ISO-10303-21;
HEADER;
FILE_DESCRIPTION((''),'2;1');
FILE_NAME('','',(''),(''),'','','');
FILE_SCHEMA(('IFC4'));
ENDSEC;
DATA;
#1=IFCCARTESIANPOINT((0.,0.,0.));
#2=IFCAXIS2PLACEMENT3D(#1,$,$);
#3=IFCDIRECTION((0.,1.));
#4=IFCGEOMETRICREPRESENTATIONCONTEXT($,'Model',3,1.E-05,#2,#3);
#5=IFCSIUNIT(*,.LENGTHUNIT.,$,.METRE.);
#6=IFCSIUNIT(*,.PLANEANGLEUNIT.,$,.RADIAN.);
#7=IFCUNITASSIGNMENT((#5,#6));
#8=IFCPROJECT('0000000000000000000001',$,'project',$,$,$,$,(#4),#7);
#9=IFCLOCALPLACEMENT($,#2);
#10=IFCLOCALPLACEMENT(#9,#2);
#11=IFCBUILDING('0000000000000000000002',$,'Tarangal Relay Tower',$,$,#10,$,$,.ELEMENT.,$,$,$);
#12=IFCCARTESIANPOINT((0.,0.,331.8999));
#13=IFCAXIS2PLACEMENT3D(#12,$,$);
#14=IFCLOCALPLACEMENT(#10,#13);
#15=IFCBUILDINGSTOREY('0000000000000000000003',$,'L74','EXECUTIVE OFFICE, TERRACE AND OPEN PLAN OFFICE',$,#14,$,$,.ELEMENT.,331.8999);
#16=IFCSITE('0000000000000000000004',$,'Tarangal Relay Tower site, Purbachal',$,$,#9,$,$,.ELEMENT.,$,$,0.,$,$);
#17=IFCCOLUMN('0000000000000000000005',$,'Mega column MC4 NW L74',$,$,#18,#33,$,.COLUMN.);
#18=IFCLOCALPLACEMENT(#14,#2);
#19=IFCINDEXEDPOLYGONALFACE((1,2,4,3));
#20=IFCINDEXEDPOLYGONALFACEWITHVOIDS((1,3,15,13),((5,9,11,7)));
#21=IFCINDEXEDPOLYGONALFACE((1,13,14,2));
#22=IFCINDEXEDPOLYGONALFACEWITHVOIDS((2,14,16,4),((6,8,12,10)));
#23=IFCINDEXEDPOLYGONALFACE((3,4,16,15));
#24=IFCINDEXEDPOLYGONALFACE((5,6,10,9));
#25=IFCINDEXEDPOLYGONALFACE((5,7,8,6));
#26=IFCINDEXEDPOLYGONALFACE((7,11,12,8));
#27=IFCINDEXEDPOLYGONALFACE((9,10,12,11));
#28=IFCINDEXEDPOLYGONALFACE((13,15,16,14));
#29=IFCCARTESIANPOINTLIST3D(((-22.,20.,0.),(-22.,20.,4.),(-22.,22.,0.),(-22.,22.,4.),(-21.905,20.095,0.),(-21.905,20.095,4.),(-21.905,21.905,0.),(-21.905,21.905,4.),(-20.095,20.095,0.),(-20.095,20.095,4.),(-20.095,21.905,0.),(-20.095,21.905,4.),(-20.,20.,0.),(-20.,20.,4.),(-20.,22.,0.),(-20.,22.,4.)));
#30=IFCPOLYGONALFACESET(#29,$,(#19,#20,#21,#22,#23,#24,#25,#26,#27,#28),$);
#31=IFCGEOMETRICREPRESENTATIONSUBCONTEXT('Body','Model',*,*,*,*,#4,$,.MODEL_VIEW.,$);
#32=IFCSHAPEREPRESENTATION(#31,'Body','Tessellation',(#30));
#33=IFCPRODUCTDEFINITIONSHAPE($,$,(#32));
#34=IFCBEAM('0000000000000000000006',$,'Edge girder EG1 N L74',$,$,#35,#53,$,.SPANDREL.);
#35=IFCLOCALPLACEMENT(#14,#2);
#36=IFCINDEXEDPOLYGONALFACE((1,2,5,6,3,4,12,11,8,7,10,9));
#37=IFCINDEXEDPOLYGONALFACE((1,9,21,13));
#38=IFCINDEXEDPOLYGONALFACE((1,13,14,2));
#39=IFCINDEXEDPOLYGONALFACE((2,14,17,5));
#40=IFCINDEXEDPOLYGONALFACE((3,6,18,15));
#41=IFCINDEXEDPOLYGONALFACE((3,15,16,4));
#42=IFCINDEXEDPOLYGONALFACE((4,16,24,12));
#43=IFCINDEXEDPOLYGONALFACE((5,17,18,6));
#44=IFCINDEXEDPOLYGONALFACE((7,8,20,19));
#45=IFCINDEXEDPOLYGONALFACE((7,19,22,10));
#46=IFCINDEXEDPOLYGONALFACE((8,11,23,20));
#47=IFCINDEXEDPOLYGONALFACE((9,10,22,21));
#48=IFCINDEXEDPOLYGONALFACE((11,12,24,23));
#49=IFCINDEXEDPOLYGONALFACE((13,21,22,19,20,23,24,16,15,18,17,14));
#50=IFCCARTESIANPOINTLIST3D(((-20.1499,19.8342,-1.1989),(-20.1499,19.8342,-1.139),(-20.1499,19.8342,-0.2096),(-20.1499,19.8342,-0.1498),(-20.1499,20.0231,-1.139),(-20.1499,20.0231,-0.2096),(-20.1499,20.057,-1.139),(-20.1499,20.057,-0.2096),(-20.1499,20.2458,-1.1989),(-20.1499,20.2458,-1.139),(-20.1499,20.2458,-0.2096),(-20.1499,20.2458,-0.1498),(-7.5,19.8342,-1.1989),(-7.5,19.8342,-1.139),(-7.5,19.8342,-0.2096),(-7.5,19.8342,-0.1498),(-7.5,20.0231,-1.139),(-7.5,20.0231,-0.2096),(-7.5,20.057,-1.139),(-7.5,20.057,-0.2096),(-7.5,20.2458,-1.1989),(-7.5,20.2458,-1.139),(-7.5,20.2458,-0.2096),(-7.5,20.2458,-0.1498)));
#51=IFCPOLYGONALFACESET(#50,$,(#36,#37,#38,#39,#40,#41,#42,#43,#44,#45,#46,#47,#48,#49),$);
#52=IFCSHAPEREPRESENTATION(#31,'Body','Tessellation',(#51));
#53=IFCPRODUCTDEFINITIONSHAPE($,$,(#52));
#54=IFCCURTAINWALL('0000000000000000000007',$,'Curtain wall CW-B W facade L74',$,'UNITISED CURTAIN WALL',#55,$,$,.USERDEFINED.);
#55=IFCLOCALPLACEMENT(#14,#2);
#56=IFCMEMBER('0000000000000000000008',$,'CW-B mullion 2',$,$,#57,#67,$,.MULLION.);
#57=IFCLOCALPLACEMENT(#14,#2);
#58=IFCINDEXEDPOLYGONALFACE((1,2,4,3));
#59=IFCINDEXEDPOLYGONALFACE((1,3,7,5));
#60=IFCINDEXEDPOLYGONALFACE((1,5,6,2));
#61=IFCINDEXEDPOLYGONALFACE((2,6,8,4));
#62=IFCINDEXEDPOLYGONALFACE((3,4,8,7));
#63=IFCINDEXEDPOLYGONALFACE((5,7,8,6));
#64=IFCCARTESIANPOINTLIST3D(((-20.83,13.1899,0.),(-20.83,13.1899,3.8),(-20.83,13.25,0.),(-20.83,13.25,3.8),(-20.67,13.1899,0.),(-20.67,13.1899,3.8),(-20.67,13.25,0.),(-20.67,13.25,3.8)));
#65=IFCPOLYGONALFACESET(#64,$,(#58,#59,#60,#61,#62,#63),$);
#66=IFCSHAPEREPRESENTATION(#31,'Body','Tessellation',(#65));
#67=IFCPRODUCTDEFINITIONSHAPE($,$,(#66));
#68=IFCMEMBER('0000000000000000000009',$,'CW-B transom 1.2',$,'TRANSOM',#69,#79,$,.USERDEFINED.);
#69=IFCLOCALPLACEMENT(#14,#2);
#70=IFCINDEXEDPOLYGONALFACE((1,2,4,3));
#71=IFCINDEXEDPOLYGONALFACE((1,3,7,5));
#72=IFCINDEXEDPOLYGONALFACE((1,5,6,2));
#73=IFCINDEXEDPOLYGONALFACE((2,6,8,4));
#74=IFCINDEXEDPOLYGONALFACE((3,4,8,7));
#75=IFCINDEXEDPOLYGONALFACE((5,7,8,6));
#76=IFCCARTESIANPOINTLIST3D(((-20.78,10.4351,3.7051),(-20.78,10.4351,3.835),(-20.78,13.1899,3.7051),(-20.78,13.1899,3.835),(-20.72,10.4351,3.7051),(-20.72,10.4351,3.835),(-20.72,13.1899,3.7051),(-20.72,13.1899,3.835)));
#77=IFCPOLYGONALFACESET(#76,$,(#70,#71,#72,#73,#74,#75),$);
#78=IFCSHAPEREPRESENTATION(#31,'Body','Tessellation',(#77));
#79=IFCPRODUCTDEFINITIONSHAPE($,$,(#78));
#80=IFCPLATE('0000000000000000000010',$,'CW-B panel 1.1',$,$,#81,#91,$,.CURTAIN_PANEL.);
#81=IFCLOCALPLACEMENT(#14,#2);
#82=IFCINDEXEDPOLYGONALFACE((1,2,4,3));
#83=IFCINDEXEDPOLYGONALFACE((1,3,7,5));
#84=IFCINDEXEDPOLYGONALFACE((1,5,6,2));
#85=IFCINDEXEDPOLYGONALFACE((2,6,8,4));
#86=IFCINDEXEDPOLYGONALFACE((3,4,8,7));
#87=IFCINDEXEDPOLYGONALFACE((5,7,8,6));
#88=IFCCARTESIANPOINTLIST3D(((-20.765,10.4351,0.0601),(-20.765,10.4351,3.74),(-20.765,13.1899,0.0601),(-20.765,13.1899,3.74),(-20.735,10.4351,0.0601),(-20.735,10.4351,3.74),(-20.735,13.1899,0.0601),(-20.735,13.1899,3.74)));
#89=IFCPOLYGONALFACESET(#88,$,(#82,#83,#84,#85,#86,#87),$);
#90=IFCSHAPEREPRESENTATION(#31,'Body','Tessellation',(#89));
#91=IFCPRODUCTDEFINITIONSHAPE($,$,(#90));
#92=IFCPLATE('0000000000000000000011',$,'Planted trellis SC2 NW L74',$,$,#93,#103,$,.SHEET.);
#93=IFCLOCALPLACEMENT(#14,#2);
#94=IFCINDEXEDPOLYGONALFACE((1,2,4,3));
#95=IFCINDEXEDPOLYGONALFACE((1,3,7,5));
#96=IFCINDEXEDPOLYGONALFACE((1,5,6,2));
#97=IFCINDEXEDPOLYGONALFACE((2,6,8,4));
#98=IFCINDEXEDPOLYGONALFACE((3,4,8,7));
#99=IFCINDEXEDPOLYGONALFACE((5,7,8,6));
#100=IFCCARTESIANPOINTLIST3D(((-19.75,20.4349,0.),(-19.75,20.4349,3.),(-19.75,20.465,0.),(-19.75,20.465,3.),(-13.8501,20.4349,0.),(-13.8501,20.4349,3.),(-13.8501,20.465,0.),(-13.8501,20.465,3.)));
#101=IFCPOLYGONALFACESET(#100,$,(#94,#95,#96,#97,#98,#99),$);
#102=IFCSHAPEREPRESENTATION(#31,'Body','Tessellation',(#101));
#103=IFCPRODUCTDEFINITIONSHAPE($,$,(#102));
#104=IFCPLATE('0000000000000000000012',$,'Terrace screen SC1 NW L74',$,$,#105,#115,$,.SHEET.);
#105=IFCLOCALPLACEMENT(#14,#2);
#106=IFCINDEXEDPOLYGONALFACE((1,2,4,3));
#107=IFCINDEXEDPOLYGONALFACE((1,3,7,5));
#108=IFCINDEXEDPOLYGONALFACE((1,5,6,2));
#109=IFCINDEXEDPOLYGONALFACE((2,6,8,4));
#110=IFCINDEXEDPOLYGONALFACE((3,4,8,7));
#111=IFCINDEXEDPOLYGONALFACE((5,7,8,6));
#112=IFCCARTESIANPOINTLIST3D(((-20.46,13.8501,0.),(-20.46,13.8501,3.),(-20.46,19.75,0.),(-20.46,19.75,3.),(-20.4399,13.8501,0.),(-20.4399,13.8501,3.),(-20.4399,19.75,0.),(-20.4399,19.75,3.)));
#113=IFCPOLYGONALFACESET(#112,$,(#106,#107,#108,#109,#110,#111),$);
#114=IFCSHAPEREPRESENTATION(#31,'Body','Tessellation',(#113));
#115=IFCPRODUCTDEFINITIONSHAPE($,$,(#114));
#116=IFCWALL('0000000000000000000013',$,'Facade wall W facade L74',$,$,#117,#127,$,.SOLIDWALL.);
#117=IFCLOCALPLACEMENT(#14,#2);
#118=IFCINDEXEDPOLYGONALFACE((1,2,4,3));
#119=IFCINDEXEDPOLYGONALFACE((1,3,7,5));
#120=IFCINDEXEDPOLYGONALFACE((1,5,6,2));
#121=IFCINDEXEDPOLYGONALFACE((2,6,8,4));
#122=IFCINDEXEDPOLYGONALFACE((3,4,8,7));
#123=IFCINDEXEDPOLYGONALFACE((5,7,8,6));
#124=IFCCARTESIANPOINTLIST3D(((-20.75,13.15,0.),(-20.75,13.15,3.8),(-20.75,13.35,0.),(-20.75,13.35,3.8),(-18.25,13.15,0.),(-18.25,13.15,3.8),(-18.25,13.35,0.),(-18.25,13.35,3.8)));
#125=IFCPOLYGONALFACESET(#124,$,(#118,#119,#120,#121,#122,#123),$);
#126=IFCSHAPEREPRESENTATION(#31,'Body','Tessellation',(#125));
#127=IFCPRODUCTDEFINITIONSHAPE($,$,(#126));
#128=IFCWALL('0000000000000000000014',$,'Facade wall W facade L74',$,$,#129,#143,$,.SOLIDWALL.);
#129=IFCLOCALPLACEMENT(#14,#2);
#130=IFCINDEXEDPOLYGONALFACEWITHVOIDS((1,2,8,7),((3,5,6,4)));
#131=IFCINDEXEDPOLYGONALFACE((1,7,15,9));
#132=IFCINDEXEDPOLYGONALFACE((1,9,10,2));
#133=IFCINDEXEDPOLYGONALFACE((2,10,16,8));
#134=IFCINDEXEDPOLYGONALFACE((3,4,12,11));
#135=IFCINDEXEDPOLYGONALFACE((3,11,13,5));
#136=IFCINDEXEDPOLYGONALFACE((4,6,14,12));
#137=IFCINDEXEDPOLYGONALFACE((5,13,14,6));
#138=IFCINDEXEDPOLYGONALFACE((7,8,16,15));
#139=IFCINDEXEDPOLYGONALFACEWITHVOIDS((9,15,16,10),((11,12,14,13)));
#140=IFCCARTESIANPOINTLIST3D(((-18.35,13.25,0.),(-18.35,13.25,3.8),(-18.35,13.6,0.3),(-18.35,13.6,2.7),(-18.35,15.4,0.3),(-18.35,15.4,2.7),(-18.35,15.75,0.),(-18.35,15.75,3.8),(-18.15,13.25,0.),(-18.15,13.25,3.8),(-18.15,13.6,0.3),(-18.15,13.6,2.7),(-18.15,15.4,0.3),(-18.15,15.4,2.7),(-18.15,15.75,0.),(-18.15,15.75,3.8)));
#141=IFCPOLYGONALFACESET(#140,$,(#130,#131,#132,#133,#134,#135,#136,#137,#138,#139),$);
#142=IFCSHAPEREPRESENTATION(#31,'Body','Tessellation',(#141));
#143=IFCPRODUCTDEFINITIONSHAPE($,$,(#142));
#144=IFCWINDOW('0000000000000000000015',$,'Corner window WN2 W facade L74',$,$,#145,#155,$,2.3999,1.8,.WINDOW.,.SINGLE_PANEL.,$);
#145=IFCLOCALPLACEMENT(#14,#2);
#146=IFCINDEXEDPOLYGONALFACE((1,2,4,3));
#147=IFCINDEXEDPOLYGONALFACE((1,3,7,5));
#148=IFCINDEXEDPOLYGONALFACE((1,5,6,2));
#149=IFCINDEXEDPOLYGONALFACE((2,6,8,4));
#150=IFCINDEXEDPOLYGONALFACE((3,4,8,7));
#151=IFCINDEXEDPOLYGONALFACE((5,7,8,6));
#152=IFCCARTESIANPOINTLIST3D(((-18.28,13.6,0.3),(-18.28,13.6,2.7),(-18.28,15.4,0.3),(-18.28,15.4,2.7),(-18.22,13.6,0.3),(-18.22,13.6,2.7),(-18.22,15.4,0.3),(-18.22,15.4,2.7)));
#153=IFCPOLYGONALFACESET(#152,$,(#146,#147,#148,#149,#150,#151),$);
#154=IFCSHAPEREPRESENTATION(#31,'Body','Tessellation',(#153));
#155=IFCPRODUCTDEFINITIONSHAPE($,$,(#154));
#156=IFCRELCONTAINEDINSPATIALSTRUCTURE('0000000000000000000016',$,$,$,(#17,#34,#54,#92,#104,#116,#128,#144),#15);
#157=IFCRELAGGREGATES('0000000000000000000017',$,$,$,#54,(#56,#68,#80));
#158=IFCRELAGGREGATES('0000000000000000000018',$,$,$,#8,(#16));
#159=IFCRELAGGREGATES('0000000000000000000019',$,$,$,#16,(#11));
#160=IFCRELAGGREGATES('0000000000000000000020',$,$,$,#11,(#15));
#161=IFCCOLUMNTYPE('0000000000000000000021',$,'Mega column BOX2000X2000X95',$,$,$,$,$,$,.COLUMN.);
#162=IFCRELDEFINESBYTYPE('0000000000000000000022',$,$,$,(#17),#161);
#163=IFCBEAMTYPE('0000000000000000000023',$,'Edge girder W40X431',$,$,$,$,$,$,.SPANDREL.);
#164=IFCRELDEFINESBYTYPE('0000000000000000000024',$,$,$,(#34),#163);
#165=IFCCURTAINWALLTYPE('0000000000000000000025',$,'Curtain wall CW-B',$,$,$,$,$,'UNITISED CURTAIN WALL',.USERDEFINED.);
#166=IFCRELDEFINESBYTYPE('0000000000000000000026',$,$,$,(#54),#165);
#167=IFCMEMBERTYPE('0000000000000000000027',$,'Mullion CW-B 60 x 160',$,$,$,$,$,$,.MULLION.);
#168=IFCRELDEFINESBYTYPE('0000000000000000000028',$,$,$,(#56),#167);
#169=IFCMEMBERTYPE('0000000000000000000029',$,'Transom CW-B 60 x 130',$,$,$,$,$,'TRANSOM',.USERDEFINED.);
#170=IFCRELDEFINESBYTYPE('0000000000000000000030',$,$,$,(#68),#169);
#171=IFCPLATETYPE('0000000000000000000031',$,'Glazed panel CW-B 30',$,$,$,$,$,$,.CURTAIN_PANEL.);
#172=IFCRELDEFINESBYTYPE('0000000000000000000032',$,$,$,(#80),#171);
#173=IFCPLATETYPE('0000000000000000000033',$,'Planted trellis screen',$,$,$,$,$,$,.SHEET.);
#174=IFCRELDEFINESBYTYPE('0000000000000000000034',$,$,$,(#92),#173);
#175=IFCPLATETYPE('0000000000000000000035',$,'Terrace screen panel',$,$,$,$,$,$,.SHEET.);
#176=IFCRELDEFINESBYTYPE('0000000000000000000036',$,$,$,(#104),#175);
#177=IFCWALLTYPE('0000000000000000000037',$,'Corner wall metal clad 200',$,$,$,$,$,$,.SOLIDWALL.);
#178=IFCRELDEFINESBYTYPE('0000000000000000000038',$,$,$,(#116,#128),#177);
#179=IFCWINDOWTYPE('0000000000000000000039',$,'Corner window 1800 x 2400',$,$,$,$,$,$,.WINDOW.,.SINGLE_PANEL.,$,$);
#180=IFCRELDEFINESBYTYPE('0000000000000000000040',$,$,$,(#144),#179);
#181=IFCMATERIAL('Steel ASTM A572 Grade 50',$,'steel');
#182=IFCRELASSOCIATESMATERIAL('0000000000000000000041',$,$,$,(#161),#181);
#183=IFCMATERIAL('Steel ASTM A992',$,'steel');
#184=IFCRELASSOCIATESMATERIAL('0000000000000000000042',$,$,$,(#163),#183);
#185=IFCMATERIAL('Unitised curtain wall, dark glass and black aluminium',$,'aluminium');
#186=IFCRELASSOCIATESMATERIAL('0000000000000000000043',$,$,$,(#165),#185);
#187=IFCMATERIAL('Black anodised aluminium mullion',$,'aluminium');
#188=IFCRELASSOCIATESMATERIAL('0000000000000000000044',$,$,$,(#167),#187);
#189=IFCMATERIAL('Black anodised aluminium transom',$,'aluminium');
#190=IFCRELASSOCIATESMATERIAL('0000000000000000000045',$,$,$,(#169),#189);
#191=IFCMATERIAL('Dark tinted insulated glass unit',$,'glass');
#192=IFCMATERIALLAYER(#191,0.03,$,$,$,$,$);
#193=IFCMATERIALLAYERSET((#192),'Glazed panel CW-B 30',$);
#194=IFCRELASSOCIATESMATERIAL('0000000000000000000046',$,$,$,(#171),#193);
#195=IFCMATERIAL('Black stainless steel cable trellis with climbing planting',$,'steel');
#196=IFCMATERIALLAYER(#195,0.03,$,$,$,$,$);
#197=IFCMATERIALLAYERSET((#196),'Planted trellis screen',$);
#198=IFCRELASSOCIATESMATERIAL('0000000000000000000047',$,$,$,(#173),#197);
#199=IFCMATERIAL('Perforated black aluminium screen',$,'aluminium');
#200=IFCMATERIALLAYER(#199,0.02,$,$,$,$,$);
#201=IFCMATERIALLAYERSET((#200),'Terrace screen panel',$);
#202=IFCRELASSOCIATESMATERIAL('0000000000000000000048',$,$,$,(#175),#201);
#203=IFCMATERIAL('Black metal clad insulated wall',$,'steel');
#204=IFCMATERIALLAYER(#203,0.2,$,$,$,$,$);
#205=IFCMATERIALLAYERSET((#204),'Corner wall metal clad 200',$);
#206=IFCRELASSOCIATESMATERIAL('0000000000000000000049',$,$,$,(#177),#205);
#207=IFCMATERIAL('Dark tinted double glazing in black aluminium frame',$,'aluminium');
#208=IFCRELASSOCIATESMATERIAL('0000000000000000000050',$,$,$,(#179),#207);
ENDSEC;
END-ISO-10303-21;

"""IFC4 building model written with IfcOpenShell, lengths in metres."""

from ifc_helpers import new_model, si_unit, direction, frame, frame_2d, origin, origin_2d, place, context, subcontext, project, spatial, rectangle, hollow_rectangle, i_section, extrude, material, layer, layer_set, material_profile, profile_set, type_object, element, fill, aggregate, save


model = new_model("IFC4")

# Units and contexts
model_context = context("Model", 3, precision=1e-05, world=origin(), true_north=direction((0.0, 1.0)))
body_context = subcontext(model_context, "Body", "Model", "MODEL_VIEW")
ifc_project = project(units=[si_unit("LENGTHUNIT", "METRE"), si_unit("PLANEANGLEUNIT", "RADIAN")], contexts=[model_context])

# Site, building, storey
site_placement = place(None, origin())
site = spatial("IfcSite", under=ifc_project, at=site_placement, Name="Tarangal Relay Tower site, Purbachal", CompositionType="ELEMENT", RefElevation=0.0)
building_placement = place(site_placement, origin())
building = spatial("IfcBuilding", under=site, at=building_placement, Name="Tarangal Relay Tower", CompositionType="ELEMENT")
storey_placement = place(building_placement, frame((0.0, 0.0, 331.8999)))
storey = spatial("IfcBuildingStorey", under=building, at=storey_placement, Name="L74", Description="EXECUTIVE OFFICE, TERRACE AND OPEN PLAN OFFICE", CompositionType="ELEMENT", Elevation=331.8999)

# Column
ifc_material_1 = material(Name="Steel ASTM A572 Grade 50", Category="steel")
ifc_material_profile_1 = material_profile(ifc_material_1, hollow_rectangle(XDim=2.0, YDim=2.0, WallThickness=0.095, at=origin_2d()), Name="BOX2000X2000X95")
ifc_profile_set_1 = profile_set([ifc_material_profile_1], Name="Steel ASTM A572 Grade 50")
column_type = type_object("IfcColumnType", Name="Mega column BOX2000X2000X95", PredefinedType="COLUMN", material=ifc_profile_set_1)
column_placement = place(storey_placement, frame((-21.0, 21.0, 0.0), z_axis=(0.0, 0.0, 1.0), x_axis=(1.0, 0.0, 0.0)))
element("IfcColumn", 1, at=column_placement, inside=storey, type_object=column_type, Name="Mega column MC4 NW L74", PredefinedType="COLUMN", context=body_context, shape_type="SweptSolid", body=[
    extrude(hollow_rectangle(XDim=2.0, YDim=2.0, WallThickness=0.095, at=origin_2d()), origin(), (0.0, 0.0, 1.0), 4.0),
])

# Beam
ifc_material_2 = material(Name="Steel ASTM A992", Category="steel")
ifc_material_profile_2 = material_profile(ifc_material_2, i_section(OverallWidth=0.4116, OverallDepth=1.0491, WebThickness=0.0339, FlangeThickness=0.0598, at=origin_2d()), Name="W40X431")
ifc_profile_set_2 = profile_set([ifc_material_profile_2], Name="Steel ASTM A992")
beam_type = type_object("IfcBeamType", Name="Edge girder W40X431", PredefinedType="SPANDREL", material=ifc_profile_set_2)
beam_placement = place(storey_placement, frame((-20.1499, 20.04, -0.6743), z_axis=(1.0, 0.0, 0.0), x_axis=(0.0, 1.0, 0.0)))
element("IfcBeam", 2, at=beam_placement, inside=storey, type_object=beam_type, Name="Edge girder EG1 N L74", PredefinedType="SPANDREL", context=body_context, shape_type="SweptSolid", body=[
    extrude(i_section(OverallWidth=0.4116, OverallDepth=1.0491, WebThickness=0.0339, FlangeThickness=0.0598, at=origin_2d()), origin(), (0.0, 0.0, 1.0), 12.6499),
])

# Curtain wall, members, plate
ifc_material_3 = material(Name="Unitised curtain wall, dark glass and black aluminium", Category="aluminium")
curtain_wall_type = type_object("IfcCurtainWallType", Name="Curtain wall CW-B", ElementType="UNITISED CURTAIN WALL", PredefinedType="USERDEFINED", material=ifc_material_3)
curtain_wall_placement = place(storey_placement, origin())
curtain_wall = element("IfcCurtainWall", 3, at=curtain_wall_placement, inside=storey, type_object=curtain_wall_type, Name="Curtain wall CW-B W facade L74", ObjectType="UNITISED CURTAIN WALL", PredefinedType="USERDEFINED")
ifc_material_4 = material(Name="Black anodised aluminium mullion", Category="aluminium")
ifc_material_profile_3 = material_profile(ifc_material_4, rectangle(XDim=0.1599, YDim=0.0601, at=origin_2d()), Name="CW-BM 60X160")
ifc_profile_set_3 = profile_set([ifc_material_profile_3], Name="Black anodised aluminium mullion")
member_type_1 = type_object("IfcMemberType", Name="Mullion CW-B 60 x 160", PredefinedType="MULLION", material=ifc_profile_set_3)
member_1_placement = place(storey_placement, frame((-20.75, 13.22, 0.0), z_axis=(0.0, 0.0, 1.0), x_axis=(-1.0, 0.0, 0.0)))
member_1 = element("IfcMember", 4, at=member_1_placement, type_object=member_type_1, Name="CW-B mullion 2", PredefinedType="MULLION", context=body_context, shape_type="SweptSolid", body=[
    extrude(rectangle(XDim=0.1599, YDim=0.0601, at=origin_2d()), origin(), (0.0, 0.0, 1.0), 3.8),
])
ifc_material_5 = material(Name="Black anodised aluminium transom", Category="aluminium")
ifc_material_profile_4 = material_profile(ifc_material_5, rectangle(XDim=0.0601, YDim=0.1299, at=origin_2d()), Name="CW-BT 60X130")
ifc_profile_set_4 = profile_set([ifc_material_profile_4], Name="Black anodised aluminium transom")
member_type_2 = type_object("IfcMemberType", Name="Transom CW-B 60 x 130", ElementType="TRANSOM", PredefinedType="USERDEFINED", material=ifc_profile_set_4)
member_2_placement = place(storey_placement, frame((-20.75, 10.4351, 3.77), z_axis=(0.0, 1.0, 0.0), x_axis=(-1.0, 0.0, 0.0)))
member_2 = element("IfcMember", 5, at=member_2_placement, type_object=member_type_2, Name="CW-B transom 1.2", ObjectType="TRANSOM", PredefinedType="USERDEFINED", context=body_context, shape_type="SweptSolid", body=[
    extrude(rectangle(XDim=0.0601, YDim=0.1299, at=origin_2d()), origin(), (0.0, 0.0, 1.0), 2.7549),
])
ifc_material_6 = material(Name="Dark tinted insulated glass unit", Category="glass")
ifc_layer_1 = layer(ifc_material_6, 0.03)
ifc_layer_set_1 = layer_set([ifc_layer_1], Name="Glazed panel CW-B 30")
plate_type_1 = type_object("IfcPlateType", Name="Glazed panel CW-B 30", PredefinedType="CURTAIN_PANEL", material=ifc_layer_set_1)
plate_1_placement = place(storey_placement, frame((-20.75, 11.8125, 0.0601), z_axis=(0.0, 0.0, 1.0), x_axis=(0.0, 1.0, 0.0)))
plate_1 = element("IfcPlate", 6, at=plate_1_placement, type_object=plate_type_1, Name="CW-B panel 1.1", PredefinedType="CURTAIN_PANEL", context=body_context, shape_type="SweptSolid", body=[
    extrude(rectangle(XDim=2.7549, YDim=0.03, at=origin_2d()), origin(), (0.0, 0.0, 1.0), 3.6799),
])
aggregate(curtain_wall, [member_1, member_2, plate_1])

# Plates
ifc_material_7 = material(Name="Black stainless steel cable trellis with climbing planting", Category="steel")
ifc_layer_2 = layer(ifc_material_7, 0.03)
ifc_layer_set_2 = layer_set([ifc_layer_2], Name="Planted trellis screen")
plate_type_2 = type_object("IfcPlateType", Name="Planted trellis screen", PredefinedType="SHEET", material=ifc_layer_set_2)
plate_2_placement = place(storey_placement, frame((-16.8, 20.45, 0.0), z_axis=(0.0, 0.0, 1.0), x_axis=(1.0, 0.0, 0.0)))
element("IfcPlate", 7, at=plate_2_placement, inside=storey, type_object=plate_type_2, Name="Planted trellis SC2 NW L74", PredefinedType="SHEET", context=body_context, shape_type="SweptSolid", body=[
    extrude(rectangle(XDim=5.8999, YDim=0.03, at=origin_2d()), origin(), (0.0, 0.0, 1.0), 3.0),
])
ifc_material_8 = material(Name="Perforated black aluminium screen", Category="aluminium")
ifc_layer_3 = layer(ifc_material_8, 0.02)
ifc_layer_set_3 = layer_set([ifc_layer_3], Name="Terrace screen panel")
plate_type_3 = type_object("IfcPlateType", Name="Terrace screen panel", PredefinedType="SHEET", material=ifc_layer_set_3)
plate_3_placement = place(storey_placement, frame((-20.45, 16.8, 0.0), z_axis=(0.0, 0.0, 1.0), x_axis=(0.0, 1.0, 0.0)))
element("IfcPlate", 8, at=plate_3_placement, inside=storey, type_object=plate_type_3, Name="Terrace screen SC1 NW L74", PredefinedType="SHEET", context=body_context, shape_type="SweptSolid", body=[
    extrude(rectangle(XDim=5.8999, YDim=0.02, at=origin_2d()), origin(), (0.0, 0.0, 1.0), 3.0),
])

# Wall
ifc_material_9 = material(Name="Black metal clad insulated wall", Category="steel")
ifc_layer_4 = layer(ifc_material_9, 0.2)
ifc_layer_set_4 = layer_set([ifc_layer_4], Name="Corner wall metal clad 200")
wall_type = type_object("IfcWallType", Name="Corner wall metal clad 200", PredefinedType="SOLIDWALL", material=ifc_layer_set_4)
wall_1_placement = place(storey_placement, frame((-20.75, 13.25, 0.0), z_axis=(0.0, 0.0, 1.0), x_axis=(1.0, 0.0, 0.0)))
element("IfcWall", 9, at=wall_1_placement, inside=storey, type_object=wall_type, Name="Facade wall W facade L74", PredefinedType="SOLIDWALL", context=body_context, shape_type="SweptSolid", body=[
    extrude(rectangle(XDim=2.5, YDim=0.2, at=frame_2d((1.25, 0.0))), origin(), (0.0, 0.0, 1.0), 3.8),
])

# Wall, opening, window
wall_2_placement = place(storey_placement, frame((-18.25, 13.25, 0.0), z_axis=(0.0, 0.0, 1.0), x_axis=(0.0, 1.0, 0.0)))
wall_2 = element("IfcWall", 10, at=wall_2_placement, inside=storey, type_object=wall_type, Name="Facade wall W facade L74", PredefinedType="SOLIDWALL", context=body_context, shape_type="SweptSolid", body=[
    extrude(rectangle(XDim=2.5, YDim=0.2, at=frame_2d((1.25, 0.0))), origin(), (0.0, 0.0, 1.0), 3.8),
])
opening_1_placement = place(wall_2_placement, frame((0.3501, 0.0, 0.3)))
opening_1 = element("IfcOpeningElement", 11, at=opening_1_placement, cuts=wall_2, PredefinedType="OPENING", context=body_context, shape_type="SweptSolid", body=[
    extrude(rectangle(XDim=1.8, YDim=2.3999, at=frame_2d((0.8999, 1.2))), frame((0.0, 0.1099, 0.0), z_axis=(0.0, -1.0, 0.0), x_axis=(1.0, 0.0, 0.0)), (0.0, 0.0, 1.0), 0.22),
])
ifc_material_10 = material(Name="Dark tinted double glazing in black aluminium frame", Category="aluminium")
window_type = type_object("IfcWindowType", Name="Corner window 1800 x 2400", PartitioningType="SINGLE_PANEL", PredefinedType="WINDOW", material=ifc_material_10)
window_1_placement = place(opening_1_placement, origin())
window_1 = element("IfcWindow", 12, at=window_1_placement, inside=storey, type_object=window_type, Name="Corner window WN2 W facade L74", OverallHeight=2.3999, OverallWidth=1.8, PartitioningType="SINGLE_PANEL", PredefinedType="WINDOW", context=body_context, shape_type="SweptSolid", body=[
    extrude(rectangle(XDim=1.8, YDim=2.3999, at=frame_2d((0.8999, 1.2))), frame((0.0, 0.03, 0.0), z_axis=(0.0, -1.0, 0.0), x_axis=(1.0, 0.0, 0.0)), (0.0, 0.0, 1.0), 0.0601),
])
fill(opening_1, window_1)

save(model, "model.ifc")
